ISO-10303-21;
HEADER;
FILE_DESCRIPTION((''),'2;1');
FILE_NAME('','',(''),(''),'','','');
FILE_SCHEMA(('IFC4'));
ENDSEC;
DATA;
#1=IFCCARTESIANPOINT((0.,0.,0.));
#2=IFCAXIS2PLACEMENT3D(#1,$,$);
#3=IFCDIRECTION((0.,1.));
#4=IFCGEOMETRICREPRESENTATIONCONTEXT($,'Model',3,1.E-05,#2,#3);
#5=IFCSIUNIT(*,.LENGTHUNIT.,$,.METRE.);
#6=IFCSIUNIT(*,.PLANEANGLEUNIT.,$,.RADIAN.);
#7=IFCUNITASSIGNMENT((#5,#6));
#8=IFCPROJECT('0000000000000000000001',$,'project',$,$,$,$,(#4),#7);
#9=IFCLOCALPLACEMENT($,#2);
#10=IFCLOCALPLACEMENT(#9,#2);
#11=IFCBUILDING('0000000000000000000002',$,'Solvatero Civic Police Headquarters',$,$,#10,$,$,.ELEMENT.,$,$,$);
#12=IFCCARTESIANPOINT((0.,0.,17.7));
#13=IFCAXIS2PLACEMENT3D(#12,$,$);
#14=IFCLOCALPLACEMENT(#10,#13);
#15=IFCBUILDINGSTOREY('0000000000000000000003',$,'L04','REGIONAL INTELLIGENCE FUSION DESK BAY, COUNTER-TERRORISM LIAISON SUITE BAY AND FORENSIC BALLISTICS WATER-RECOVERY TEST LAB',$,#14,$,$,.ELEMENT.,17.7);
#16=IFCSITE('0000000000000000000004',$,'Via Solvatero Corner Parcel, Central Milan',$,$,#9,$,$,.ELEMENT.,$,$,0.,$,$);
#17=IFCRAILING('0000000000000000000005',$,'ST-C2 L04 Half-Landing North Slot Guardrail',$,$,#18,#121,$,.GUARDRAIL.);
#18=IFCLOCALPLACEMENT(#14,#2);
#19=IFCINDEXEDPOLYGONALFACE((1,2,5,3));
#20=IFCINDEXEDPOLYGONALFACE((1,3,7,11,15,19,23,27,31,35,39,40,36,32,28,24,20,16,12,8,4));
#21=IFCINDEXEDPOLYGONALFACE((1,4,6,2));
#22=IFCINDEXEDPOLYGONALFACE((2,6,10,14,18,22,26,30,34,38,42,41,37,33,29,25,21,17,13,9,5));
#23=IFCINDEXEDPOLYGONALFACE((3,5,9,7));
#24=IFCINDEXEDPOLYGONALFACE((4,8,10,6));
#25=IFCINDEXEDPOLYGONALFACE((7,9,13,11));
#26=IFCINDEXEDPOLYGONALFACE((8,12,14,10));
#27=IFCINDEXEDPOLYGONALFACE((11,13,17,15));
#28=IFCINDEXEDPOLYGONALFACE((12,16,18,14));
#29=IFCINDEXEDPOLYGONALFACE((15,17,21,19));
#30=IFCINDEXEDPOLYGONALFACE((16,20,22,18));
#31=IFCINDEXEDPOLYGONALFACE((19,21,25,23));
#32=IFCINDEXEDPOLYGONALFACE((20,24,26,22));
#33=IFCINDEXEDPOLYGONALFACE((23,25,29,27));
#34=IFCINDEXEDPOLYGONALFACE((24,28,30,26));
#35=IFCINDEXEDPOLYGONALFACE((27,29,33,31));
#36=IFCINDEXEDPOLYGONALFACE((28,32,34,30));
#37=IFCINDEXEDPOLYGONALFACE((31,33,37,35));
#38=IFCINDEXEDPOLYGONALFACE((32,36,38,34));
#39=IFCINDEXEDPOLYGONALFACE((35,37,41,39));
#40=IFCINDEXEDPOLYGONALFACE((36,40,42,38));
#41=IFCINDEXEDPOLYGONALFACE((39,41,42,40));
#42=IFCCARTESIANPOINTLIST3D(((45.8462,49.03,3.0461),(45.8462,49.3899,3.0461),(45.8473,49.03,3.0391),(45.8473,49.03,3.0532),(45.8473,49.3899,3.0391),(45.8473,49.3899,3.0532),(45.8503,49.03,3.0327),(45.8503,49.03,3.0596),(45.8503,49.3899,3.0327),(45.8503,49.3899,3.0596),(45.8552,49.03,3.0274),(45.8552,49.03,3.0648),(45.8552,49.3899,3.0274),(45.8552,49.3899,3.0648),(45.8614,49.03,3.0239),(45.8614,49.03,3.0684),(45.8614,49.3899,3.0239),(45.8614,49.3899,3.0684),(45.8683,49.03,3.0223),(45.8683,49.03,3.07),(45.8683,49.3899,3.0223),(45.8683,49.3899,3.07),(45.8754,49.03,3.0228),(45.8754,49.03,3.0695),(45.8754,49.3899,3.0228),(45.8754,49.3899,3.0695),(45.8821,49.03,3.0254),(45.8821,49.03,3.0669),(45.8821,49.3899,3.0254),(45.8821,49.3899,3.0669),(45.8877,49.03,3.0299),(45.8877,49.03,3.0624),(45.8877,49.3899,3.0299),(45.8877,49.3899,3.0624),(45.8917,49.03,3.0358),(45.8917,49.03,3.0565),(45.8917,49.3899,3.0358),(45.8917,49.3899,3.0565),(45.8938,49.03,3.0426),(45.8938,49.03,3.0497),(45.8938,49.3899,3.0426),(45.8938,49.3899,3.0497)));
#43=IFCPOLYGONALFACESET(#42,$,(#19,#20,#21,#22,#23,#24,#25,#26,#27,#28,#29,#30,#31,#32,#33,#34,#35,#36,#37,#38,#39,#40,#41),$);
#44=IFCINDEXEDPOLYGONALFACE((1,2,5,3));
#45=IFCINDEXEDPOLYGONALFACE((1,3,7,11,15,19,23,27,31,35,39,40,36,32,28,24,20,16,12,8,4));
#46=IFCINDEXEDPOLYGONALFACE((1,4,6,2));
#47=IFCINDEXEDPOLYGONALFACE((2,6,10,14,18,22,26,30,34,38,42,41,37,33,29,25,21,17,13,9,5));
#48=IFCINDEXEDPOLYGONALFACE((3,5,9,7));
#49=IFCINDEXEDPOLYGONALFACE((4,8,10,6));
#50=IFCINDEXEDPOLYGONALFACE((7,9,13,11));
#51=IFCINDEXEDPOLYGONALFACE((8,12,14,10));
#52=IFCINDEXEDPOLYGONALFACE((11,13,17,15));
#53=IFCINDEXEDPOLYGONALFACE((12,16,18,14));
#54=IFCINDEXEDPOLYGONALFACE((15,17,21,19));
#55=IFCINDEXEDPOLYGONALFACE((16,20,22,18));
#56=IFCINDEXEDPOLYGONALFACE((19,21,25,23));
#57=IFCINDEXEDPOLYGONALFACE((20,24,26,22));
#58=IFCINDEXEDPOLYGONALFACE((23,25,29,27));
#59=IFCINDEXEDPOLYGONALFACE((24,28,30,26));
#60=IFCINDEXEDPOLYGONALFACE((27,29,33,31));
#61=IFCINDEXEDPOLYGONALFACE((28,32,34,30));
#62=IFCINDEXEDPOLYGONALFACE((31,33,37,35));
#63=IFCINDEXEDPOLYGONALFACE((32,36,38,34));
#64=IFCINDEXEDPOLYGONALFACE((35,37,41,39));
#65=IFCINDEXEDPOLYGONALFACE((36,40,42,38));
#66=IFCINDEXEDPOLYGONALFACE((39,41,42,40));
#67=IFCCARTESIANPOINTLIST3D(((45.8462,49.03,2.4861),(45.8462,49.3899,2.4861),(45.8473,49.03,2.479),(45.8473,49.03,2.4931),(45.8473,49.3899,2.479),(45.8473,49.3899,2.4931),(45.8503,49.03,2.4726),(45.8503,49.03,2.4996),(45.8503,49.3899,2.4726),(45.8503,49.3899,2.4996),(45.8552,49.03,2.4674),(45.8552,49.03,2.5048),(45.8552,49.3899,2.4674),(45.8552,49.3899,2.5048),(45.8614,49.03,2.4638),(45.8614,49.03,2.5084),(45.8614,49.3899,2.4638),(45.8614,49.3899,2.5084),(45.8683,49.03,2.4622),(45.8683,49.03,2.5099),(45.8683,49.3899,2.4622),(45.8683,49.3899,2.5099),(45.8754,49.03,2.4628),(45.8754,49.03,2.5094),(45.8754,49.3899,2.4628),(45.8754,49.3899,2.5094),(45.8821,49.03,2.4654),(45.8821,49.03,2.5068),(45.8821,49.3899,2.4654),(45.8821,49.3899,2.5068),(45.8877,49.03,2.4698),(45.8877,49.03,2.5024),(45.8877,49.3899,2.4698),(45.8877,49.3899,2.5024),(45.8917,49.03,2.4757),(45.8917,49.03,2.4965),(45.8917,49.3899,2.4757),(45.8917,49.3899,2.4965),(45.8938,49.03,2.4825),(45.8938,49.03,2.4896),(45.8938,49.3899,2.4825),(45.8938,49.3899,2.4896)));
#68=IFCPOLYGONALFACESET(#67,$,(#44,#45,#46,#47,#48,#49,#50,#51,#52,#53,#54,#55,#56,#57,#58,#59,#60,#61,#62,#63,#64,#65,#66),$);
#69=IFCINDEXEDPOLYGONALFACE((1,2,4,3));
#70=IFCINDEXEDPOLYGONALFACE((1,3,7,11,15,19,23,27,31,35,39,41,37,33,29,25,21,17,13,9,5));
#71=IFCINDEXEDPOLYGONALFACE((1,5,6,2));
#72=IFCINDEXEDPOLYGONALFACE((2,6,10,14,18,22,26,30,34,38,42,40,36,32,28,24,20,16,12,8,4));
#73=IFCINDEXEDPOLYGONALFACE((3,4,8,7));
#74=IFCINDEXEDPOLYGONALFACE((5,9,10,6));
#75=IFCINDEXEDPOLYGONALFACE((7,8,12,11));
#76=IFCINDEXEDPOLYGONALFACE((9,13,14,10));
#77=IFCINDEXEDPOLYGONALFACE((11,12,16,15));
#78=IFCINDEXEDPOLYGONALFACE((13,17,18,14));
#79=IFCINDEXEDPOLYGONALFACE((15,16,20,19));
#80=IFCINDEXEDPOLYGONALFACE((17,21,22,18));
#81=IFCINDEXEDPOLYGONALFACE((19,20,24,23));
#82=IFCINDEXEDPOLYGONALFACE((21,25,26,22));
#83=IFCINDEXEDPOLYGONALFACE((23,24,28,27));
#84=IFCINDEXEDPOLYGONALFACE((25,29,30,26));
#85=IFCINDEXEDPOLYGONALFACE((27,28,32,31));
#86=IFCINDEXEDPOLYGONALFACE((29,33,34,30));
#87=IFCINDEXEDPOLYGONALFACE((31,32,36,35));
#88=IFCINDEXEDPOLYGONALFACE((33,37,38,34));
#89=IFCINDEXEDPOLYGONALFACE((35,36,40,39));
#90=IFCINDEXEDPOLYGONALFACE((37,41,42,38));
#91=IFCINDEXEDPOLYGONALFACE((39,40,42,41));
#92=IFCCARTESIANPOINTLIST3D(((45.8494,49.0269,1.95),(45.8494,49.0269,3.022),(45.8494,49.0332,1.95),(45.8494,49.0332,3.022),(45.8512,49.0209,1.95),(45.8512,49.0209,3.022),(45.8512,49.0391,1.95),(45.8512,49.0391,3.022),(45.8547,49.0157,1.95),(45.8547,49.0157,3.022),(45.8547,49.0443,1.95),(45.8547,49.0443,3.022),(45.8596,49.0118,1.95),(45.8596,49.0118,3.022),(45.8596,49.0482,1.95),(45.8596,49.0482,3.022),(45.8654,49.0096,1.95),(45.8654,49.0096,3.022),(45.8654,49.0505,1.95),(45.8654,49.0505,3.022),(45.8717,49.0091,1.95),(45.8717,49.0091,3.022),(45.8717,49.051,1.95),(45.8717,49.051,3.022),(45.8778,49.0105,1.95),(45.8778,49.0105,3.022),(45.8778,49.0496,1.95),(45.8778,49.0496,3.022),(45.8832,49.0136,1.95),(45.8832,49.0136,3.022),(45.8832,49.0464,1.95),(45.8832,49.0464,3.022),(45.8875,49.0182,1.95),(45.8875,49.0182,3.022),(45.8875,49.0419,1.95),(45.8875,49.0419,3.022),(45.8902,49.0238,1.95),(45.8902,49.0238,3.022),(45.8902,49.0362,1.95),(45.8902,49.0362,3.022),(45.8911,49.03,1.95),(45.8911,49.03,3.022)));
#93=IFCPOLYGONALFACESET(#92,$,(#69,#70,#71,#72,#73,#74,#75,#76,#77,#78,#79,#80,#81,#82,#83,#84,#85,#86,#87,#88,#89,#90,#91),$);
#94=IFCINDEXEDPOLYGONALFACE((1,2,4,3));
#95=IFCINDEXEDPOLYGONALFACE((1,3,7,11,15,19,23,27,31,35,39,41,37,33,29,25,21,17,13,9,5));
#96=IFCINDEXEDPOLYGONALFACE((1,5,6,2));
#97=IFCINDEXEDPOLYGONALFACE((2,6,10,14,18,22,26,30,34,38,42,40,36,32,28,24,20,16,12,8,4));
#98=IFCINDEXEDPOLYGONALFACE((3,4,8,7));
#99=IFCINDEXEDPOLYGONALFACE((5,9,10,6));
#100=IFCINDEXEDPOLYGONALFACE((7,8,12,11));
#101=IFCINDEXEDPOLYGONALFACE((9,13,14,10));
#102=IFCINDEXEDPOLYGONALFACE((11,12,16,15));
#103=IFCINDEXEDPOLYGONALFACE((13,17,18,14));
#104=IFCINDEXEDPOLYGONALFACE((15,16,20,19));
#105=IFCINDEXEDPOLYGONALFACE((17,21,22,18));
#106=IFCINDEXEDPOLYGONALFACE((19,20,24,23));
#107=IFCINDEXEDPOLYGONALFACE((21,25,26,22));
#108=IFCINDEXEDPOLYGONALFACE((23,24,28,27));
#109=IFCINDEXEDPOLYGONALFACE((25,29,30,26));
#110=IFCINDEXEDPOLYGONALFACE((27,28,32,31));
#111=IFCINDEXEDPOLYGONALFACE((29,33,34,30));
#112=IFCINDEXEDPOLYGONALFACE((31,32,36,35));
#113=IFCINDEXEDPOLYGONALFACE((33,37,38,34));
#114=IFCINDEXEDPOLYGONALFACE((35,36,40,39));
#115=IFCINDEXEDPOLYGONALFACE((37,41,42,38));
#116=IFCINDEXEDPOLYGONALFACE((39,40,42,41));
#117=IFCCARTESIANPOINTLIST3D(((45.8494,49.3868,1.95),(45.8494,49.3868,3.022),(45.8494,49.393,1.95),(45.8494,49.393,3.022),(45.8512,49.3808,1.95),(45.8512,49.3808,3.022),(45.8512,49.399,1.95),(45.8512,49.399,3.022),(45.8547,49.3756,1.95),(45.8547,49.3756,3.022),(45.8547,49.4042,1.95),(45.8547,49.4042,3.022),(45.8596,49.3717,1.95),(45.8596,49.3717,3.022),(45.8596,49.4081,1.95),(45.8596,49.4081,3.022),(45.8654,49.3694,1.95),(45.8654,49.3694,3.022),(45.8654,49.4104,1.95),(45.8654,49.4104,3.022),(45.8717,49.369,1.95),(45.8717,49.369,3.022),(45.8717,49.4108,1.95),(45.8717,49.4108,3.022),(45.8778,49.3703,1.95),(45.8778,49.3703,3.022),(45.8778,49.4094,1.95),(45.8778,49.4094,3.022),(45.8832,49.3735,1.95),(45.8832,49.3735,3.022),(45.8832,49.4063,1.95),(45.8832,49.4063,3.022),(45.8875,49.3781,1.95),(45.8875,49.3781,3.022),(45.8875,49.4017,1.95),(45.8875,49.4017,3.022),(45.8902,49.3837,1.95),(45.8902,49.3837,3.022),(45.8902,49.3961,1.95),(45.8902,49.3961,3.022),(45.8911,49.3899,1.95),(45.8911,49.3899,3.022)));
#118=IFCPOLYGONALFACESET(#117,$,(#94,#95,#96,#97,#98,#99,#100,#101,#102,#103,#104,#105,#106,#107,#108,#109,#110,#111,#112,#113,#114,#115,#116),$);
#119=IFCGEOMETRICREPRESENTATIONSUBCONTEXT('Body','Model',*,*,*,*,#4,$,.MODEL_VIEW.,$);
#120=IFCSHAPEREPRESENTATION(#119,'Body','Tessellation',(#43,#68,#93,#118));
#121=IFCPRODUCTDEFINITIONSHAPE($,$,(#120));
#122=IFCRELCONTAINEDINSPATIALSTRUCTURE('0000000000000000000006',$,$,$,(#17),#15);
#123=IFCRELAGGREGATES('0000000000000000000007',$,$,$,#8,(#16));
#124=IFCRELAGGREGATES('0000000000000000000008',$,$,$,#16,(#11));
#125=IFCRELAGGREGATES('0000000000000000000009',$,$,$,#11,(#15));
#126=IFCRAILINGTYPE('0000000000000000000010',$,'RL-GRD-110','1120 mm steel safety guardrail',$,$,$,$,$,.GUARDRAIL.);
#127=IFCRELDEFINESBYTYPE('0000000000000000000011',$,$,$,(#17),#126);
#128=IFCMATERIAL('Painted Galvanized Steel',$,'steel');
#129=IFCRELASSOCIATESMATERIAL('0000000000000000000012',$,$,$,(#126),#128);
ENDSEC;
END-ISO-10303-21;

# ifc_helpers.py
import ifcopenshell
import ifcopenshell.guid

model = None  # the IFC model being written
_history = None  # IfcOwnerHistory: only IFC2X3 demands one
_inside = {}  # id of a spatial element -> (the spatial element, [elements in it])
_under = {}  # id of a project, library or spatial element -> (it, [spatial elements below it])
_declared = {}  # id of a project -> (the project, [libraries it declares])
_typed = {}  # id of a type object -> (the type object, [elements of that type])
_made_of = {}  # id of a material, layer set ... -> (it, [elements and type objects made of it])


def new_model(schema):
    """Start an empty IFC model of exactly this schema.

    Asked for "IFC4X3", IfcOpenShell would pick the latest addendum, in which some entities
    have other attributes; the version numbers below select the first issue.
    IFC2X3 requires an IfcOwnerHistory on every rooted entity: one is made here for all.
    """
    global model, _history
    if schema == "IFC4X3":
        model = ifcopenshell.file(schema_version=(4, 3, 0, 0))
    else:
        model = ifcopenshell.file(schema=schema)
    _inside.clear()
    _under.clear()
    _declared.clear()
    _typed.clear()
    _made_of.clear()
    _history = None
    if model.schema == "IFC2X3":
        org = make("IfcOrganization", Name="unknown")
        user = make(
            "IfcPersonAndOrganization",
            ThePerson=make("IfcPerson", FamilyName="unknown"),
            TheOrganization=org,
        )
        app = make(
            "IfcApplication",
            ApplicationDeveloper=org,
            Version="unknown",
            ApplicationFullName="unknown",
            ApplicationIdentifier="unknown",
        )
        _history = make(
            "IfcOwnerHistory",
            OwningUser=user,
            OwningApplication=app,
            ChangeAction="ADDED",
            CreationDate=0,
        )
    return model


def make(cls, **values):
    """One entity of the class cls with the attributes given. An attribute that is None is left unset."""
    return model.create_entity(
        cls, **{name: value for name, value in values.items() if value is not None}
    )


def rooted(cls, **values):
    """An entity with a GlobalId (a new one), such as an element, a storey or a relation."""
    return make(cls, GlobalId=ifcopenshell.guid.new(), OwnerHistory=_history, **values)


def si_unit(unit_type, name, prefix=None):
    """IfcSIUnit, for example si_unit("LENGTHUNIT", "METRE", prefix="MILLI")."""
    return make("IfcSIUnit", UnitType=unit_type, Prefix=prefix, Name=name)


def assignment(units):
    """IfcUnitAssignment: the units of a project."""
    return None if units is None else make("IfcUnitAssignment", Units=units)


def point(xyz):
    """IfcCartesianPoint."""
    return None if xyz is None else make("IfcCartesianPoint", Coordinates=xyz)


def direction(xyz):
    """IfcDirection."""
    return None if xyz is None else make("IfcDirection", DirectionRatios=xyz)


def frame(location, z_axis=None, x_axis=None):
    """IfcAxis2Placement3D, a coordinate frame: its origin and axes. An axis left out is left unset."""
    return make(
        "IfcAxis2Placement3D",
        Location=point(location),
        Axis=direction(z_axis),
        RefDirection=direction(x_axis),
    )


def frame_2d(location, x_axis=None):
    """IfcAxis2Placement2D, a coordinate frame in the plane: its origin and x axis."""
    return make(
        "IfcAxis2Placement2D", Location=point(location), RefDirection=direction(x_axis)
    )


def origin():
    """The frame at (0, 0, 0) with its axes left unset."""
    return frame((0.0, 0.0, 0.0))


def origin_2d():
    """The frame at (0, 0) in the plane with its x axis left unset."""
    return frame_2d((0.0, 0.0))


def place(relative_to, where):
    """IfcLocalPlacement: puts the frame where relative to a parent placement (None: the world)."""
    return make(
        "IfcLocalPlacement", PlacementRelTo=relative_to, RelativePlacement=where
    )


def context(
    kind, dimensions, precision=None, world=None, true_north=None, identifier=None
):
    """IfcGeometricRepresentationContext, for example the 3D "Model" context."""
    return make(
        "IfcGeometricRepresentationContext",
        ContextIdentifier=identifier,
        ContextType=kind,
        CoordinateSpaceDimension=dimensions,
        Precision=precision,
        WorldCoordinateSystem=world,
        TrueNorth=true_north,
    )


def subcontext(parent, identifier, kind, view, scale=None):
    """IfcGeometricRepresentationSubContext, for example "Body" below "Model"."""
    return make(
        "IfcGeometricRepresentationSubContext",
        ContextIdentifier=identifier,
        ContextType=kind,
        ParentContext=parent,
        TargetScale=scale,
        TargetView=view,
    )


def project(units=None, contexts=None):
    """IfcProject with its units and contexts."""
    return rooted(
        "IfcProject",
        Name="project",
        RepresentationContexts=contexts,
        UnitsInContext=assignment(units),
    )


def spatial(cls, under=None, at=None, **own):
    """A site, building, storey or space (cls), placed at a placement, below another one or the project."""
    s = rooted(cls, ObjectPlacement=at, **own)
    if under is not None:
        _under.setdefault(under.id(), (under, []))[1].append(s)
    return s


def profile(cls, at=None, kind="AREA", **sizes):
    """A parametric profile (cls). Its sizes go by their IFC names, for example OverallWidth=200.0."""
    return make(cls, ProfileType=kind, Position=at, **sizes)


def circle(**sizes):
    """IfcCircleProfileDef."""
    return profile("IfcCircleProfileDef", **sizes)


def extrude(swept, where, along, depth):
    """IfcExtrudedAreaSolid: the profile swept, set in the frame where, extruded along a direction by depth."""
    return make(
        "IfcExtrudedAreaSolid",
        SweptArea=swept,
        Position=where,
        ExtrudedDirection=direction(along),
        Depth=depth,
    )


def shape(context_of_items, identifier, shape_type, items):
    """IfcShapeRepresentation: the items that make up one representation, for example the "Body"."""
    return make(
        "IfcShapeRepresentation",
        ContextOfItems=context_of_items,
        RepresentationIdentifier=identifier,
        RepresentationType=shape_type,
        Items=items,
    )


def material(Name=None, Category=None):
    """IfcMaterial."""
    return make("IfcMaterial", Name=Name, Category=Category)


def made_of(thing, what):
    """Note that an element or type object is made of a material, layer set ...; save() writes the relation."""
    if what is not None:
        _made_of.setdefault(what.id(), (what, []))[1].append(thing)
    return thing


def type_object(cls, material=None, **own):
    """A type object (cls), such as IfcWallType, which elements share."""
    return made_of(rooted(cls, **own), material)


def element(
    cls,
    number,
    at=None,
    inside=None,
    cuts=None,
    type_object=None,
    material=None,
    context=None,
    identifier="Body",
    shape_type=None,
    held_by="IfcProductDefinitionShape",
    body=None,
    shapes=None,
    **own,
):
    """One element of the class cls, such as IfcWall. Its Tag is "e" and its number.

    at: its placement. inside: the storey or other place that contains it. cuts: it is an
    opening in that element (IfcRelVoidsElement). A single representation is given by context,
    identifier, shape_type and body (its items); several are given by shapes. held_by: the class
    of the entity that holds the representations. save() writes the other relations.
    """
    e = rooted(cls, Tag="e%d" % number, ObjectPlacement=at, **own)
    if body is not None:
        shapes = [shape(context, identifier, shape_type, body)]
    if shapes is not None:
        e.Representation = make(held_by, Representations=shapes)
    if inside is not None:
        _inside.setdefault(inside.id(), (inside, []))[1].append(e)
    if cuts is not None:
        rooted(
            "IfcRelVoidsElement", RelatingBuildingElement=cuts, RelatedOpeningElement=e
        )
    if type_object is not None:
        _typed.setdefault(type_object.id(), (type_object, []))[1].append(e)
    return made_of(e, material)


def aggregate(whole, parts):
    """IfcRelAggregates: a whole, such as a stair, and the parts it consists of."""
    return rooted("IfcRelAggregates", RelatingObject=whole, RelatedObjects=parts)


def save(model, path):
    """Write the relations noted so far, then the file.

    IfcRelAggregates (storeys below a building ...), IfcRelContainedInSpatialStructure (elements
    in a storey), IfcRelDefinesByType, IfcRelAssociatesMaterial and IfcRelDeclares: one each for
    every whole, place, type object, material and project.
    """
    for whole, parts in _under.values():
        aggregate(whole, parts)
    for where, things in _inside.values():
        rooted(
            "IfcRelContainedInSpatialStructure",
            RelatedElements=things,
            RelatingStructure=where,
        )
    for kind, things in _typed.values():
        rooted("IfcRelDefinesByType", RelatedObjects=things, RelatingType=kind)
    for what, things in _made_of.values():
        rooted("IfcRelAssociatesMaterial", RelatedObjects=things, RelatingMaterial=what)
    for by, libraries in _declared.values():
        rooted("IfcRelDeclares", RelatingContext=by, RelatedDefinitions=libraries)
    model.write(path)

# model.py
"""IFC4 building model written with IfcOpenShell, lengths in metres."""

from ifc_helpers import new_model, si_unit, direction, frame, origin, origin_2d, place, context, subcontext, project, spatial, circle, extrude, material, type_object, element, save


model = new_model("IFC4")

# Units and contexts
model_context = context("Model", 3, precision=1e-05, world=origin(), true_north=direction((0.0, 1.0)))
body_context = subcontext(model_context, "Body", "Model", "MODEL_VIEW")
ifc_project = project(units=[si_unit("LENGTHUNIT", "METRE"), si_unit("PLANEANGLEUNIT", "RADIAN")], contexts=[model_context])

# Site, building, storey
site_placement = place(None, origin())
site = spatial("IfcSite", under=ifc_project, at=site_placement, Name="Via Solvatero Corner Parcel, Central Milan", CompositionType="ELEMENT", RefElevation=0.0)
building_placement = place(site_placement, origin())
building = spatial("IfcBuilding", under=site, at=building_placement, Name="Solvatero Civic Police Headquarters", CompositionType="ELEMENT")
storey_placement = place(building_placement, frame((0.0, 0.0, 17.7)))
storey = spatial("IfcBuildingStorey", under=building, at=storey_placement, Name="L04", Description="REGIONAL INTELLIGENCE FUSION DESK BAY, COUNTER-TERRORISM LIAISON SUITE BAY AND FORENSIC BALLISTICS WATER-RECOVERY TEST LAB", CompositionType="ELEMENT", Elevation=17.7)

# Railing
ifc_material_1 = material(Name="Painted Galvanized Steel", Category="steel")
railing_type_1 = type_object("IfcRailingType", Name="RL-GRD-110", Description="1120 mm steel safety guardrail", PredefinedType="GUARDRAIL", material=ifc_material_1)
for number, where, name in (
    (1, (45.8701, 49.03, 1.95), "ST-C2 L04 Half-Landing North Slot Guardrail"),
):
    element("IfcRailing", number, at=place(storey_placement, frame(where)), inside=storey, type_object=railing_type_1, Name=name, PredefinedType="GUARDRAIL", context=body_context, shape_type="SweptSolid", body=[
        extrude(circle(Radius=0.0239, at=origin_2d()), frame((0.0, 0.0, 1.0962), z_axis=(0.0, 1.0, 0.0), x_axis=(-1.0, 0.0, 0.0)), (0.0, 0.0, 1.0), 0.3599),
        extrude(circle(Radius=0.0239, at=origin_2d()), frame((0.0, 0.0, 0.5361), z_axis=(0.0, 1.0, 0.0), x_axis=(-1.0, 0.0, 0.0)), (0.0, 0.0, 1.0), 0.3599),
        extrude(circle(Radius=0.021, at=origin_2d()), origin(), (0.0, 0.0, 1.0), 1.072),
        extrude(circle(Radius=0.021, at=origin_2d()), frame((0.0, 0.3599, 0.0)), (0.0, 0.0, 1.0), 1.072),
    ])

save(model, "model.ifc")
